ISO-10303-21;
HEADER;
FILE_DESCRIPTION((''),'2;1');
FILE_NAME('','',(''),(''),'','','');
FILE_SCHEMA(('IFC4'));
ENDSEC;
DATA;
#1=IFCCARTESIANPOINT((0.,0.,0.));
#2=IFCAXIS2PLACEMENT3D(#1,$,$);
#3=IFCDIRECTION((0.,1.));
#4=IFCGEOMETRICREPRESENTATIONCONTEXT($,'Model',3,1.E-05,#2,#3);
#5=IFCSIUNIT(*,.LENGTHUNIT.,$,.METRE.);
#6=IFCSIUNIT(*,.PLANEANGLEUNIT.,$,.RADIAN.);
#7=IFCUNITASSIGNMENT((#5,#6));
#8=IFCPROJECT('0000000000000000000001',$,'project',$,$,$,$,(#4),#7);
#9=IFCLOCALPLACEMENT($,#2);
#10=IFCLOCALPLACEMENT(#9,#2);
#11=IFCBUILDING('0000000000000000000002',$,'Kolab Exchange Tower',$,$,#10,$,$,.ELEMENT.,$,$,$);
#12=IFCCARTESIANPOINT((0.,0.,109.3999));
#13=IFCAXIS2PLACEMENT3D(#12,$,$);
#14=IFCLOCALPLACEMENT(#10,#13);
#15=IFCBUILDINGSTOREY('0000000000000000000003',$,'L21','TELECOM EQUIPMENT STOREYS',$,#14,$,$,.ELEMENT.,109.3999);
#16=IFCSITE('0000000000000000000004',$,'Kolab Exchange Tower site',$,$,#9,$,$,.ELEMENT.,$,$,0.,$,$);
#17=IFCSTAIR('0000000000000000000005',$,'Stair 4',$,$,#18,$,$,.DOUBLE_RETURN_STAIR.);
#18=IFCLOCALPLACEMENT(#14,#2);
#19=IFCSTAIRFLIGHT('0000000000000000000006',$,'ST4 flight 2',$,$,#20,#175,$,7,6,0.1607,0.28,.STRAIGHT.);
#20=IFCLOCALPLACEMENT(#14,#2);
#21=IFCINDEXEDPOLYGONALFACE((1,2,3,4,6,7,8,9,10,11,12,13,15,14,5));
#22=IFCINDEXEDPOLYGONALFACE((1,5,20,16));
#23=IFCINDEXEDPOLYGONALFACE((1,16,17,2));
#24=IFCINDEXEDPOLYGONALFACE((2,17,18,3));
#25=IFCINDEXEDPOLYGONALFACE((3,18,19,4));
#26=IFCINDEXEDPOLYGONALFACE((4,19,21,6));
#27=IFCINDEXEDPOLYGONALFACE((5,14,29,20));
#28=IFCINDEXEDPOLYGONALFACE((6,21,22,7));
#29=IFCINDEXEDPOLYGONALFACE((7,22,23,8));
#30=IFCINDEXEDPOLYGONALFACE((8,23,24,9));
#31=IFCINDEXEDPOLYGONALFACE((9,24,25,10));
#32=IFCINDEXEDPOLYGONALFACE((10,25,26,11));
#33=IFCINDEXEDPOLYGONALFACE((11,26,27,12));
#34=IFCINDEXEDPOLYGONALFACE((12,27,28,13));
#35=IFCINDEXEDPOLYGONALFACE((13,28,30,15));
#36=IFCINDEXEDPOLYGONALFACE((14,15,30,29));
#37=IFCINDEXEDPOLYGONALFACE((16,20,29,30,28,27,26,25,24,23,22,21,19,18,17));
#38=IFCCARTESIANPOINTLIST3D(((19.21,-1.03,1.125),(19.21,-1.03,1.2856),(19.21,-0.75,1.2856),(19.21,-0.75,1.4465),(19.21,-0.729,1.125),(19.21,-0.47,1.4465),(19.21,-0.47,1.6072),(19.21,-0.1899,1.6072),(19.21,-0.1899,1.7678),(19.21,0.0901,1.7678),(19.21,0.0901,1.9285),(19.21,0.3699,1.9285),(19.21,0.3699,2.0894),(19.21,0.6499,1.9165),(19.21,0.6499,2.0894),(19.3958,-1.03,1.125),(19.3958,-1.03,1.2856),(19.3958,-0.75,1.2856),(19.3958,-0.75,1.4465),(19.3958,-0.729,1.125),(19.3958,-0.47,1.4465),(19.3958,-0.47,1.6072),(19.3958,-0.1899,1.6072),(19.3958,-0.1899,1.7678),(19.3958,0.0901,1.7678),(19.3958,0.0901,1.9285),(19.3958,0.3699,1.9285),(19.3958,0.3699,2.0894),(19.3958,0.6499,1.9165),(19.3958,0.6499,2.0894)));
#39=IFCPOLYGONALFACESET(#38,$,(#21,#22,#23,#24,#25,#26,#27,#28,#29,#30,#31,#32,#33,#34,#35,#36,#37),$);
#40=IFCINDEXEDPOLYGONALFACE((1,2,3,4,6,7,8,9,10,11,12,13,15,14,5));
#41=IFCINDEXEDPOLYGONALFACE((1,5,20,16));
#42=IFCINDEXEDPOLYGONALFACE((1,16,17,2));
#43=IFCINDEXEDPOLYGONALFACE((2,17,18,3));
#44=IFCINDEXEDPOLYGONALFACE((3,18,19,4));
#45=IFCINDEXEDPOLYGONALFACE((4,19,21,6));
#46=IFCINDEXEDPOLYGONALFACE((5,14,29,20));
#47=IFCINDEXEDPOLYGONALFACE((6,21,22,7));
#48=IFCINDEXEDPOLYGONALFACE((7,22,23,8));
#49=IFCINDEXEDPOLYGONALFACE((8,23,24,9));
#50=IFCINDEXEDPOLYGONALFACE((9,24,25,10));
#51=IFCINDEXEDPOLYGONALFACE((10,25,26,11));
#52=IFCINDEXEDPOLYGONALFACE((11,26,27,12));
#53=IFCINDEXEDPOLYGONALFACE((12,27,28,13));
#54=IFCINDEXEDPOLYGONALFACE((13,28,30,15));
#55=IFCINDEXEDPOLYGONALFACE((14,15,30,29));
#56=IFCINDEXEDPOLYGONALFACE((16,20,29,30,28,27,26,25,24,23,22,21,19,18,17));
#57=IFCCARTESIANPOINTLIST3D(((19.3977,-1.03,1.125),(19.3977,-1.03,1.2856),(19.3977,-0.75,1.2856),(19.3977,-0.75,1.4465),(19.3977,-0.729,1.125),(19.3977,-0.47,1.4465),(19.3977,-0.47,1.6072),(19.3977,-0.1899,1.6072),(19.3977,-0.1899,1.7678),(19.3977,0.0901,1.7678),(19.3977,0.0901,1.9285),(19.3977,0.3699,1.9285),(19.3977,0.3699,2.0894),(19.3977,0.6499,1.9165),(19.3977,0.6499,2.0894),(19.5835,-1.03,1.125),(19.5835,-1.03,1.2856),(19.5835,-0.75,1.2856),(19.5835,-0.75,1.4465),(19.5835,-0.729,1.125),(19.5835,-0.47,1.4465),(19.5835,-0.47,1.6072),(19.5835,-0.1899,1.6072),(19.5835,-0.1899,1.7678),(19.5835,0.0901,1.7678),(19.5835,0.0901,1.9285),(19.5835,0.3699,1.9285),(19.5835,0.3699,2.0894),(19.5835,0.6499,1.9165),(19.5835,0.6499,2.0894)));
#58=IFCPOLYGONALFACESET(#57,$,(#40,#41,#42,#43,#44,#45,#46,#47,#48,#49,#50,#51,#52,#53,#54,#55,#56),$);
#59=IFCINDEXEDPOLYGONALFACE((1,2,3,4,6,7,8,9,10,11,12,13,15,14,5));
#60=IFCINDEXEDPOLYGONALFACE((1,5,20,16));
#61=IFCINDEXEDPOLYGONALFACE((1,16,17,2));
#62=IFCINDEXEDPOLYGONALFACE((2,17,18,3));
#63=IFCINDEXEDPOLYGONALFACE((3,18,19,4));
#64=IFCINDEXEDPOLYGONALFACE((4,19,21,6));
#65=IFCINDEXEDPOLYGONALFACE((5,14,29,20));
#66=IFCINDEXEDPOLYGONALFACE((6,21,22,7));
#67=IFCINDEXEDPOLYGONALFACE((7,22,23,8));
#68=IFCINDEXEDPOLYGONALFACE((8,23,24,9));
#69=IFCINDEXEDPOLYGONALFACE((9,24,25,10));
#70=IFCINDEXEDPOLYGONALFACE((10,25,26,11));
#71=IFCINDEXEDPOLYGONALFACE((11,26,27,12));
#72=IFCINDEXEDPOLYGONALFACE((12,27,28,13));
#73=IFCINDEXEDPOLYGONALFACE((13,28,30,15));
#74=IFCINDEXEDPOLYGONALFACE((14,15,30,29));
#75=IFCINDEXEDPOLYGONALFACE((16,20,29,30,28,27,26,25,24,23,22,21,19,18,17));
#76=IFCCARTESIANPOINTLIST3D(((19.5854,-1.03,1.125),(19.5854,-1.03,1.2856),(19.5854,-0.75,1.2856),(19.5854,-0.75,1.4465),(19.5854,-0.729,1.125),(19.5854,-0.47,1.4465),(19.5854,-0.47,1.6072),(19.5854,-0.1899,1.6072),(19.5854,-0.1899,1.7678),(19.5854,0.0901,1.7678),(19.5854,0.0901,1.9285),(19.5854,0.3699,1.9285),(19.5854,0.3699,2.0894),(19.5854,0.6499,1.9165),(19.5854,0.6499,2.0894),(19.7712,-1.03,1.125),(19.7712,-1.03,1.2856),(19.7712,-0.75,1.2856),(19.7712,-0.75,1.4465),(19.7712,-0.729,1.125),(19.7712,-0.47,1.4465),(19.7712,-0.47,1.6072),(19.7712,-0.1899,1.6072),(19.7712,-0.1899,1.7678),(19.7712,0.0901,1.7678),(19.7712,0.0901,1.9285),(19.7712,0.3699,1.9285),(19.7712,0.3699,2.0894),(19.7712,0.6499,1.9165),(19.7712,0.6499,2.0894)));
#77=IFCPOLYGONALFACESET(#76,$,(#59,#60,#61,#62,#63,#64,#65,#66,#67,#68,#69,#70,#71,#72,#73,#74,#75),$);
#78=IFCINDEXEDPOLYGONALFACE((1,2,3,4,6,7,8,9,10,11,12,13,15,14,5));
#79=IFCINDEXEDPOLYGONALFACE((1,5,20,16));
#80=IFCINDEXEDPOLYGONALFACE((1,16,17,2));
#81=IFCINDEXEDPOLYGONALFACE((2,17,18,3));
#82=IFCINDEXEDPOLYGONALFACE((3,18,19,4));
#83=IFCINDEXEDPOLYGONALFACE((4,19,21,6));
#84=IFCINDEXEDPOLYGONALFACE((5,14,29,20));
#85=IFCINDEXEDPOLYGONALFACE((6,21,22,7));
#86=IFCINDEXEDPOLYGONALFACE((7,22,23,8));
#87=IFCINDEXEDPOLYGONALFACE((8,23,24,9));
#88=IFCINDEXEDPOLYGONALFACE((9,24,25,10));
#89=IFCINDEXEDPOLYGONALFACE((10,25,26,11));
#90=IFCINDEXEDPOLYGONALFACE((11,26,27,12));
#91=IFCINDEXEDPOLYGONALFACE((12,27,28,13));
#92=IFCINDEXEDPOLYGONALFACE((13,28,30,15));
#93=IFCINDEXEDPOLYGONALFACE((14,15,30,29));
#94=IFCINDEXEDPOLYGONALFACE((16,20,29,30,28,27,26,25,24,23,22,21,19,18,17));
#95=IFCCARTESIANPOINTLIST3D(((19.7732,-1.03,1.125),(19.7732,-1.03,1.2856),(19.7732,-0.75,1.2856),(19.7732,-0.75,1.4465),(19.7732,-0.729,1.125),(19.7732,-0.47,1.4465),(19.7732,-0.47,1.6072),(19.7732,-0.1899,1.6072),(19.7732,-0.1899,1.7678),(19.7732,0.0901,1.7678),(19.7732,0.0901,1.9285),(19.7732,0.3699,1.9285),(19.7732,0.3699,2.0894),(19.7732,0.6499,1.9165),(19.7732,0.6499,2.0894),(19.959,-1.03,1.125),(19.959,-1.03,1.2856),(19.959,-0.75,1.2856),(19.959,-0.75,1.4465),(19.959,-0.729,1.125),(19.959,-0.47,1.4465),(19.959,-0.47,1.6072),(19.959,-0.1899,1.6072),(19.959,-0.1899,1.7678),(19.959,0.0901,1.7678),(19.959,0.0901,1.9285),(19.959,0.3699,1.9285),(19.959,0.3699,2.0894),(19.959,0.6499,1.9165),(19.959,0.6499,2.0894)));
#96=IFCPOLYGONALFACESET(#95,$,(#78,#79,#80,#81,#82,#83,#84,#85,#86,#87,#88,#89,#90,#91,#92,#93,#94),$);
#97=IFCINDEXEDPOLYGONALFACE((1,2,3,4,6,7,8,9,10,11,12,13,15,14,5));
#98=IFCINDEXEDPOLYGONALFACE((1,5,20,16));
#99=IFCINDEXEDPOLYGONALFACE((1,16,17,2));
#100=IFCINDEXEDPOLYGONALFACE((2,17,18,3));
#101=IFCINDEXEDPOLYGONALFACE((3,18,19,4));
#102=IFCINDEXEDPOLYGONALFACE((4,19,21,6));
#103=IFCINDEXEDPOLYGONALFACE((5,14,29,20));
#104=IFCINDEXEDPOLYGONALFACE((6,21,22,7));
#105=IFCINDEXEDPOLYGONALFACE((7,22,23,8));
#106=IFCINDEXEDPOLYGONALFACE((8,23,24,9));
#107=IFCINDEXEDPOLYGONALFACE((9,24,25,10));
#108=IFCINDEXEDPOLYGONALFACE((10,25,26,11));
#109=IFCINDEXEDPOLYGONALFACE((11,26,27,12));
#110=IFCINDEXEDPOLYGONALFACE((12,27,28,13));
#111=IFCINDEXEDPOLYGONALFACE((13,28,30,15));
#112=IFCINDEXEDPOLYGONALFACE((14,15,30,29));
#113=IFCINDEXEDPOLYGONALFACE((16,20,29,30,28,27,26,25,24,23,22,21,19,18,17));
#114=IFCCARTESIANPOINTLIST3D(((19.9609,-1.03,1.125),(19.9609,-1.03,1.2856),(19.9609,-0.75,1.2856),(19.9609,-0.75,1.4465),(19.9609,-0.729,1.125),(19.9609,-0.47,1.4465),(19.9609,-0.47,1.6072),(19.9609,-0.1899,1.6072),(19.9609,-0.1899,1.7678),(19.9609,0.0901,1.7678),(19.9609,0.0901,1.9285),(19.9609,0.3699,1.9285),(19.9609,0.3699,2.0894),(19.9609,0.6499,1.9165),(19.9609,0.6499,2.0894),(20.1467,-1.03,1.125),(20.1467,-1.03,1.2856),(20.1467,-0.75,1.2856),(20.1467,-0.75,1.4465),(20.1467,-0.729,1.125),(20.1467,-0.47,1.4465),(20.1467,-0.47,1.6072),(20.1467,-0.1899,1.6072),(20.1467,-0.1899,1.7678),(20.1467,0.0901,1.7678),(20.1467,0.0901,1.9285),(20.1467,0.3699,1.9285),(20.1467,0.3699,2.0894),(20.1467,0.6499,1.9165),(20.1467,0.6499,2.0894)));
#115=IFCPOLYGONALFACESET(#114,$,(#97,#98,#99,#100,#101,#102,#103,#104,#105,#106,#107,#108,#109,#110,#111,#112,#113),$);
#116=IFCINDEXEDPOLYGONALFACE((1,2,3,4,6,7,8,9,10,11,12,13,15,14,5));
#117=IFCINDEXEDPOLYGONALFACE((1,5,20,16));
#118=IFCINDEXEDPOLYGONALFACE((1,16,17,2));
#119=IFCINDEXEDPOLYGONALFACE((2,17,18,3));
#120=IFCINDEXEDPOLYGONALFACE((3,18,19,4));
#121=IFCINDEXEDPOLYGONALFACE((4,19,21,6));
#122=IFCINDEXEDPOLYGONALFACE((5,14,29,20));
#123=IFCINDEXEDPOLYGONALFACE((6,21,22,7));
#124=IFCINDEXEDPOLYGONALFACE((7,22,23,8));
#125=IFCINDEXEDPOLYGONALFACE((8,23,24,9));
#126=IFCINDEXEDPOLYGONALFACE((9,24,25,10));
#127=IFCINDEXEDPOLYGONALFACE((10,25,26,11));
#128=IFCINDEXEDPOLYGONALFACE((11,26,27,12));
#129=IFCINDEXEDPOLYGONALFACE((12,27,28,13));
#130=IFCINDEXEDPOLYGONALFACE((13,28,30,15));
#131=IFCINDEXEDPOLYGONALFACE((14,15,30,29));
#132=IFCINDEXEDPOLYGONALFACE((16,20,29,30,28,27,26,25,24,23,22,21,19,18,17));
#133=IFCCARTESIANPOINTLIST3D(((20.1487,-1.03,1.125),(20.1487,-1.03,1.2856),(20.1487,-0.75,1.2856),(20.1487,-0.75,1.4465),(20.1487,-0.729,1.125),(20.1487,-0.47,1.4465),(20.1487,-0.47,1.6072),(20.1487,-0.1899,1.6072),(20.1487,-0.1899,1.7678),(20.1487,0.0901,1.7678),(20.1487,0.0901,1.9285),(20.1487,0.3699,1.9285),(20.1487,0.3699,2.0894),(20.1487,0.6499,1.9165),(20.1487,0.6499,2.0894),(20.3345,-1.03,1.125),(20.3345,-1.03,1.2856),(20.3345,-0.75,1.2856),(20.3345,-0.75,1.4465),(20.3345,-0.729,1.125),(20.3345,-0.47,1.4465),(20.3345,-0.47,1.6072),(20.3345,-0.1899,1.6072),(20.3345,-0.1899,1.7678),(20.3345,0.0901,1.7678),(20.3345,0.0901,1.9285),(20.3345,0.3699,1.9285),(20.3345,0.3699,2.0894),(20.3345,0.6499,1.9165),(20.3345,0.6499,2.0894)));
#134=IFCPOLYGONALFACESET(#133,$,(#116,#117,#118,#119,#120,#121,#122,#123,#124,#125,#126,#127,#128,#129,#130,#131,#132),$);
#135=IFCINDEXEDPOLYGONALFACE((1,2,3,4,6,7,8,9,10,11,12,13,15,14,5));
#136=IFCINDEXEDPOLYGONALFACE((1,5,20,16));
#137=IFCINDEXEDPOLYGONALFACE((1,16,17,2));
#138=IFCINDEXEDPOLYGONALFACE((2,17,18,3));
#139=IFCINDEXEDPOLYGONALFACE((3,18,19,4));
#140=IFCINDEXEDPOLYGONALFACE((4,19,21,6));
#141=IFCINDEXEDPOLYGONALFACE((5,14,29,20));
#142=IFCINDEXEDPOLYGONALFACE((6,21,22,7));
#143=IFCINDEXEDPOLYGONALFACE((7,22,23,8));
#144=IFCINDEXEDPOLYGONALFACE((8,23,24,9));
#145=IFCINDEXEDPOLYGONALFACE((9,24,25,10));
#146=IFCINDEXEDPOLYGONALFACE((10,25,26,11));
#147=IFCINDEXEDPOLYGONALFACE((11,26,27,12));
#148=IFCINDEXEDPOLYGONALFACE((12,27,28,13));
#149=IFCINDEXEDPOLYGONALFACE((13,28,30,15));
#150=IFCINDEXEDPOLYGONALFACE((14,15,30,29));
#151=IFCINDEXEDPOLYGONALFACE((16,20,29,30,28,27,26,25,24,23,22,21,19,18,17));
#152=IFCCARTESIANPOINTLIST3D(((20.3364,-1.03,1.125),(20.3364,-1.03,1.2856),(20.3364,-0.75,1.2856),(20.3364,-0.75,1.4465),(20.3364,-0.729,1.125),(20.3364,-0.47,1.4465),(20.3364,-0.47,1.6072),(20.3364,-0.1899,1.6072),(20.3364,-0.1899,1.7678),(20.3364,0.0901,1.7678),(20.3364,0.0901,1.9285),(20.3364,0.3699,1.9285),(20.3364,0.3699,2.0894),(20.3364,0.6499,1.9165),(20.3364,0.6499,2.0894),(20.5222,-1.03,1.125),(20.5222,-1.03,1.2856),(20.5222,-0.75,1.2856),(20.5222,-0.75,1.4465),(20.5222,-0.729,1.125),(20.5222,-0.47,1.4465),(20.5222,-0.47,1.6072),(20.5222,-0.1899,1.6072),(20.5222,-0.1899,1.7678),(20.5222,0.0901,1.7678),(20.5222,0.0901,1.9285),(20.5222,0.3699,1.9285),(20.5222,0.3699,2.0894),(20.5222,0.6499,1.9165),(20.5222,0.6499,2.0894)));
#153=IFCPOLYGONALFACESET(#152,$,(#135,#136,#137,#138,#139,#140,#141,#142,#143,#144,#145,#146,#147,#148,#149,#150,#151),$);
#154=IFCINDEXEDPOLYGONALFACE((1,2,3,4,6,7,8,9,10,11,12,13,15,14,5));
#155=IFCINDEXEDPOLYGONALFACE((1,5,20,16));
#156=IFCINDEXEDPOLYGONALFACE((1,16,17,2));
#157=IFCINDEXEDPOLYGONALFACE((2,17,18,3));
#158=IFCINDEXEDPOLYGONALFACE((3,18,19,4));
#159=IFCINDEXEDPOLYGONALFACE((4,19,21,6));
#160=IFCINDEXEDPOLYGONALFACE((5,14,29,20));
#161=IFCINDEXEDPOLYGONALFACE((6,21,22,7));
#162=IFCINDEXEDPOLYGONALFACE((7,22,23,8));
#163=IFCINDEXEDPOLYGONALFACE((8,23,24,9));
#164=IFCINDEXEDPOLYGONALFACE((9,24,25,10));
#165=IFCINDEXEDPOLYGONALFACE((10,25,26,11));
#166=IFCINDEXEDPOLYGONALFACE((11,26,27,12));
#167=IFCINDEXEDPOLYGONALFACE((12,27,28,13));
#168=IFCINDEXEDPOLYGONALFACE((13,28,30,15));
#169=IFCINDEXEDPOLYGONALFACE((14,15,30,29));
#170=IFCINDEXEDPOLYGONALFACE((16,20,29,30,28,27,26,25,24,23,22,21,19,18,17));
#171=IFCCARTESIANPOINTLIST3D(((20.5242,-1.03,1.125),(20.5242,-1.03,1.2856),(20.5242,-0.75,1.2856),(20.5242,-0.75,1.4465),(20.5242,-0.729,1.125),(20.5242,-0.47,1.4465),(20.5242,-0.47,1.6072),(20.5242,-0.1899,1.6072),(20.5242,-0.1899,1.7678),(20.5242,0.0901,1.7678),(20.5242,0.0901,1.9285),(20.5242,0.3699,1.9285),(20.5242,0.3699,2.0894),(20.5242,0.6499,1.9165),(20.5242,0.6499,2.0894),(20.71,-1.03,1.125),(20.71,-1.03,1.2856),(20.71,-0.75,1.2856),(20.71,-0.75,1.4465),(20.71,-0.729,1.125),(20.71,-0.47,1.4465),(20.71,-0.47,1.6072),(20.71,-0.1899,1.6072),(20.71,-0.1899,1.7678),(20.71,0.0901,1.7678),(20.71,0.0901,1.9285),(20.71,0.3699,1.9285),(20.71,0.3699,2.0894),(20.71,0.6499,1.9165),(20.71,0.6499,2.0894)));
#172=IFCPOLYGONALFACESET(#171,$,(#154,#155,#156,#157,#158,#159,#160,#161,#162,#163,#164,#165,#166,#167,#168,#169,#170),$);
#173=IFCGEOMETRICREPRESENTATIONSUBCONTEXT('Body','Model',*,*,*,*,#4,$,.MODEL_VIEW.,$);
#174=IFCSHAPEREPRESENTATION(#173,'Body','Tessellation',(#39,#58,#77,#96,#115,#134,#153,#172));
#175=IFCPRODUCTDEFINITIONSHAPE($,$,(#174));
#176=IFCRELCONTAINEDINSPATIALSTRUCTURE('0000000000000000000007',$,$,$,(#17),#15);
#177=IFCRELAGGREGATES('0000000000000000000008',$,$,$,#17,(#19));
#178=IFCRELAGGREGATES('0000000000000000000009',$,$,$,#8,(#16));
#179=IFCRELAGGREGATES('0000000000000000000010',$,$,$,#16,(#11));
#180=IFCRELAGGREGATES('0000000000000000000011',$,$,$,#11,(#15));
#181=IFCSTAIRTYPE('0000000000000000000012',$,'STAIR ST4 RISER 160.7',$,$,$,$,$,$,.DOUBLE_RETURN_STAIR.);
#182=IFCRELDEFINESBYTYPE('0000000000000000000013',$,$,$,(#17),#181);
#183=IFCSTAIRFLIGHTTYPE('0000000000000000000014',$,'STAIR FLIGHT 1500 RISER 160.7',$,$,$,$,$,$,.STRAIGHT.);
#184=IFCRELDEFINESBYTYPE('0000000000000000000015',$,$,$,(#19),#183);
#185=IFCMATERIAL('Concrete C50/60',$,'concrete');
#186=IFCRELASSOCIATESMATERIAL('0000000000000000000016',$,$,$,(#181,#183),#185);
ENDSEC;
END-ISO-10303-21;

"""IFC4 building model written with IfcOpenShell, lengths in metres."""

from ifc_helpers import new_model, si_unit, direction, frame, origin, place, context, subcontext, project, spatial, polyline, outline, extrude, material, type_object, element, aggregate, save


model = new_model("IFC4")

# Units and contexts
model_context = context("Model", 3, precision=1e-05, world=origin(), true_north=direction((0.0, 1.0)))
body_context = subcontext(model_context, "Body", "Model", "MODEL_VIEW")
ifc_project = project(units=[si_unit("LENGTHUNIT", "METRE"), si_unit("PLANEANGLEUNIT", "RADIAN")], contexts=[model_context])

# Site, building, storey
site_placement = place(None, origin())
site = spatial("IfcSite", under=ifc_project, at=site_placement, Name="Kolab Exchange Tower site", CompositionType="ELEMENT", RefElevation=0.0)
building_placement = place(site_placement, origin())
building = spatial("IfcBuilding", under=site, at=building_placement, Name="Kolab Exchange Tower", CompositionType="ELEMENT")
storey_placement = place(building_placement, frame((0.0, 0.0, 109.3999)))
storey = spatial("IfcBuildingStorey", under=building, at=storey_placement, Name="L21", Description="TELECOM EQUIPMENT STOREYS", CompositionType="ELEMENT", Elevation=109.3999)

# Shared definitions
ifc_material_1 = material(Name="Concrete C50/60", Category="concrete")

# Stair, stair flight
stair_type = type_object("IfcStairType", Name="STAIR ST4 RISER 160.7", PredefinedType="DOUBLE_RETURN_STAIR", material=ifc_material_1)
stair_placement = place(storey_placement, origin())
stair = element("IfcStair", 1, at=stair_placement, inside=storey, type_object=stair_type, Name="Stair 4", PredefinedType="DOUBLE_RETURN_STAIR")
stair_flight_type = type_object("IfcStairFlightType", Name="STAIR FLIGHT 1500 RISER 160.7", PredefinedType="STRAIGHT", material=ifc_material_1)
stair_flight_1_placement = place(storey_placement, frame((19.96, -1.03, 1.125), z_axis=(0.0, 0.0, 1.0), x_axis=(0.0, 1.0, 0.0)))
stair_flight_1 = element("IfcStairFlight", 2, at=stair_flight_1_placement, type_object=stair_flight_type, Name="ST4 flight 2", NumberOfRisers=7, NumberOfTreads=6, PredefinedType="STRAIGHT", RiserHeight=0.1607, TreadLength=0.28, context=body_context, shape_type="SweptSolid", body=[
    extrude(outline(polyline([(0.0, 0.0), (0.0, 0.1606), (0.28, 0.1606), (0.28, 0.3215), (0.5601, 0.3215), (0.5601, 0.4822), (0.8401, 0.4822), (0.8401, 0.6428), (1.1201, 0.6428), (1.1201, 0.8035), (1.3999, 0.8035), (1.3999, 0.9644), (1.6799, 0.9644), (1.6799, 1.125), (1.6799, 0.7915), (0.301, 0.0), (0.0, 0.0)])), frame((0.0, 0.75, 0.0), z_axis=(0.0, -1.0, 0.0), x_axis=(1.0, 0.0, 0.0)), (0.0, 0.0, 1.0), 0.1858),
    extrude(outline(polyline([(0.0, 0.0), (0.0, 0.1606), (0.28, 0.1606), (0.28, 0.3215), (0.5601, 0.3215), (0.5601, 0.4822), (0.8401, 0.4822), (0.8401, 0.6428), (1.1201, 0.6428), (1.1201, 0.8035), (1.3999, 0.8035), (1.3999, 0.9644), (1.6799, 0.9644), (1.6799, 1.125), (1.6799, 0.7915), (0.301, 0.0), (0.0, 0.0)])), frame((0.0, 0.5623, 0.0), z_axis=(0.0, -1.0, 0.0), x_axis=(1.0, 0.0, 0.0)), (0.0, 0.0, 1.0), 0.1858),
    extrude(outline(polyline([(0.0, 0.0), (0.0, 0.1606), (0.28, 0.1606), (0.28, 0.3215), (0.5601, 0.3215), (0.5601, 0.4822), (0.8401, 0.4822), (0.8401, 0.6428), (1.1201, 0.6428), (1.1201, 0.8035), (1.3999, 0.8035), (1.3999, 0.9644), (1.6799, 0.9644), (1.6799, 1.125), (1.6799, 0.7915), (0.301, 0.0), (0.0, 0.0)])), frame((0.0, 0.3745, 0.0), z_axis=(0.0, -1.0, 0.0), x_axis=(1.0, 0.0, 0.0)), (0.0, 0.0, 1.0), 0.1858),
    extrude(outline(polyline([(0.0, 0.0), (0.0, 0.1606), (0.28, 0.1606), (0.28, 0.3215), (0.5601, 0.3215), (0.5601, 0.4822), (0.8401, 0.4822), (0.8401, 0.6428), (1.1201, 0.6428), (1.1201, 0.8035), (1.3999, 0.8035), (1.3999, 0.9644), (1.6799, 0.9644), (1.6799, 1.125), (1.6799, 0.7915), (0.301, 0.0), (0.0, 0.0)])), frame((0.0, 0.1868, 0.0), z_axis=(0.0, -1.0, 0.0), x_axis=(1.0, 0.0, 0.0)), (0.0, 0.0, 1.0), 0.1858),
    extrude(outline(polyline([(0.0, 0.0), (0.0, 0.1606), (0.28, 0.1606), (0.28, 0.3215), (0.5601, 0.3215), (0.5601, 0.4822), (0.8401, 0.4822), (0.8401, 0.6428), (1.1201, 0.6428), (1.1201, 0.8035), (1.3999, 0.8035), (1.3999, 0.9644), (1.6799, 0.9644), (1.6799, 1.125), (1.6799, 0.7915), (0.301, 0.0), (0.0, 0.0)])), frame((0.0, -0.001, 0.0), z_axis=(0.0, -1.0, 0.0), x_axis=(1.0, 0.0, 0.0)), (0.0, 0.0, 1.0), 0.1858),
    extrude(outline(polyline([(0.0, 0.0), (0.0, 0.1606), (0.28, 0.1606), (0.28, 0.3215), (0.5601, 0.3215), (0.5601, 0.4822), (0.8401, 0.4822), (0.8401, 0.6428), (1.1201, 0.6428), (1.1201, 0.8035), (1.3999, 0.8035), (1.3999, 0.9644), (1.6799, 0.9644), (1.6799, 1.125), (1.6799, 0.7915), (0.301, 0.0), (0.0, 0.0)])), frame((0.0, -0.1887, 0.0), z_axis=(0.0, -1.0, 0.0), x_axis=(1.0, 0.0, 0.0)), (0.0, 0.0, 1.0), 0.1858),
    extrude(outline(polyline([(0.0, 0.0), (0.0, 0.1606), (0.28, 0.1606), (0.28, 0.3215), (0.5601, 0.3215), (0.5601, 0.4822), (0.8401, 0.4822), (0.8401, 0.6428), (1.1201, 0.6428), (1.1201, 0.8035), (1.3999, 0.8035), (1.3999, 0.9644), (1.6799, 0.9644), (1.6799, 1.125), (1.6799, 0.7915), (0.301, 0.0), (0.0, 0.0)])), frame((0.0, -0.3765, 0.0), z_axis=(0.0, -1.0, 0.0), x_axis=(1.0, 0.0, 0.0)), (0.0, 0.0, 1.0), 0.1858),
    extrude(outline(polyline([(0.0, 0.0), (0.0, 0.1606), (0.28, 0.1606), (0.28, 0.3215), (0.5601, 0.3215), (0.5601, 0.4822), (0.8401, 0.4822), (0.8401, 0.6428), (1.1201, 0.6428), (1.1201, 0.8035), (1.3999, 0.8035), (1.3999, 0.9644), (1.6799, 0.9644), (1.6799, 1.125), (1.6799, 0.7915), (0.301, 0.0), (0.0, 0.0)])), frame((0.0, -0.5642, 0.0), z_axis=(0.0, -1.0, 0.0), x_axis=(1.0, 0.0, 0.0)), (0.0, 0.0, 1.0), 0.1858),
])
aggregate(stair, [stair_flight_1])

save(model, "model.ifc")
